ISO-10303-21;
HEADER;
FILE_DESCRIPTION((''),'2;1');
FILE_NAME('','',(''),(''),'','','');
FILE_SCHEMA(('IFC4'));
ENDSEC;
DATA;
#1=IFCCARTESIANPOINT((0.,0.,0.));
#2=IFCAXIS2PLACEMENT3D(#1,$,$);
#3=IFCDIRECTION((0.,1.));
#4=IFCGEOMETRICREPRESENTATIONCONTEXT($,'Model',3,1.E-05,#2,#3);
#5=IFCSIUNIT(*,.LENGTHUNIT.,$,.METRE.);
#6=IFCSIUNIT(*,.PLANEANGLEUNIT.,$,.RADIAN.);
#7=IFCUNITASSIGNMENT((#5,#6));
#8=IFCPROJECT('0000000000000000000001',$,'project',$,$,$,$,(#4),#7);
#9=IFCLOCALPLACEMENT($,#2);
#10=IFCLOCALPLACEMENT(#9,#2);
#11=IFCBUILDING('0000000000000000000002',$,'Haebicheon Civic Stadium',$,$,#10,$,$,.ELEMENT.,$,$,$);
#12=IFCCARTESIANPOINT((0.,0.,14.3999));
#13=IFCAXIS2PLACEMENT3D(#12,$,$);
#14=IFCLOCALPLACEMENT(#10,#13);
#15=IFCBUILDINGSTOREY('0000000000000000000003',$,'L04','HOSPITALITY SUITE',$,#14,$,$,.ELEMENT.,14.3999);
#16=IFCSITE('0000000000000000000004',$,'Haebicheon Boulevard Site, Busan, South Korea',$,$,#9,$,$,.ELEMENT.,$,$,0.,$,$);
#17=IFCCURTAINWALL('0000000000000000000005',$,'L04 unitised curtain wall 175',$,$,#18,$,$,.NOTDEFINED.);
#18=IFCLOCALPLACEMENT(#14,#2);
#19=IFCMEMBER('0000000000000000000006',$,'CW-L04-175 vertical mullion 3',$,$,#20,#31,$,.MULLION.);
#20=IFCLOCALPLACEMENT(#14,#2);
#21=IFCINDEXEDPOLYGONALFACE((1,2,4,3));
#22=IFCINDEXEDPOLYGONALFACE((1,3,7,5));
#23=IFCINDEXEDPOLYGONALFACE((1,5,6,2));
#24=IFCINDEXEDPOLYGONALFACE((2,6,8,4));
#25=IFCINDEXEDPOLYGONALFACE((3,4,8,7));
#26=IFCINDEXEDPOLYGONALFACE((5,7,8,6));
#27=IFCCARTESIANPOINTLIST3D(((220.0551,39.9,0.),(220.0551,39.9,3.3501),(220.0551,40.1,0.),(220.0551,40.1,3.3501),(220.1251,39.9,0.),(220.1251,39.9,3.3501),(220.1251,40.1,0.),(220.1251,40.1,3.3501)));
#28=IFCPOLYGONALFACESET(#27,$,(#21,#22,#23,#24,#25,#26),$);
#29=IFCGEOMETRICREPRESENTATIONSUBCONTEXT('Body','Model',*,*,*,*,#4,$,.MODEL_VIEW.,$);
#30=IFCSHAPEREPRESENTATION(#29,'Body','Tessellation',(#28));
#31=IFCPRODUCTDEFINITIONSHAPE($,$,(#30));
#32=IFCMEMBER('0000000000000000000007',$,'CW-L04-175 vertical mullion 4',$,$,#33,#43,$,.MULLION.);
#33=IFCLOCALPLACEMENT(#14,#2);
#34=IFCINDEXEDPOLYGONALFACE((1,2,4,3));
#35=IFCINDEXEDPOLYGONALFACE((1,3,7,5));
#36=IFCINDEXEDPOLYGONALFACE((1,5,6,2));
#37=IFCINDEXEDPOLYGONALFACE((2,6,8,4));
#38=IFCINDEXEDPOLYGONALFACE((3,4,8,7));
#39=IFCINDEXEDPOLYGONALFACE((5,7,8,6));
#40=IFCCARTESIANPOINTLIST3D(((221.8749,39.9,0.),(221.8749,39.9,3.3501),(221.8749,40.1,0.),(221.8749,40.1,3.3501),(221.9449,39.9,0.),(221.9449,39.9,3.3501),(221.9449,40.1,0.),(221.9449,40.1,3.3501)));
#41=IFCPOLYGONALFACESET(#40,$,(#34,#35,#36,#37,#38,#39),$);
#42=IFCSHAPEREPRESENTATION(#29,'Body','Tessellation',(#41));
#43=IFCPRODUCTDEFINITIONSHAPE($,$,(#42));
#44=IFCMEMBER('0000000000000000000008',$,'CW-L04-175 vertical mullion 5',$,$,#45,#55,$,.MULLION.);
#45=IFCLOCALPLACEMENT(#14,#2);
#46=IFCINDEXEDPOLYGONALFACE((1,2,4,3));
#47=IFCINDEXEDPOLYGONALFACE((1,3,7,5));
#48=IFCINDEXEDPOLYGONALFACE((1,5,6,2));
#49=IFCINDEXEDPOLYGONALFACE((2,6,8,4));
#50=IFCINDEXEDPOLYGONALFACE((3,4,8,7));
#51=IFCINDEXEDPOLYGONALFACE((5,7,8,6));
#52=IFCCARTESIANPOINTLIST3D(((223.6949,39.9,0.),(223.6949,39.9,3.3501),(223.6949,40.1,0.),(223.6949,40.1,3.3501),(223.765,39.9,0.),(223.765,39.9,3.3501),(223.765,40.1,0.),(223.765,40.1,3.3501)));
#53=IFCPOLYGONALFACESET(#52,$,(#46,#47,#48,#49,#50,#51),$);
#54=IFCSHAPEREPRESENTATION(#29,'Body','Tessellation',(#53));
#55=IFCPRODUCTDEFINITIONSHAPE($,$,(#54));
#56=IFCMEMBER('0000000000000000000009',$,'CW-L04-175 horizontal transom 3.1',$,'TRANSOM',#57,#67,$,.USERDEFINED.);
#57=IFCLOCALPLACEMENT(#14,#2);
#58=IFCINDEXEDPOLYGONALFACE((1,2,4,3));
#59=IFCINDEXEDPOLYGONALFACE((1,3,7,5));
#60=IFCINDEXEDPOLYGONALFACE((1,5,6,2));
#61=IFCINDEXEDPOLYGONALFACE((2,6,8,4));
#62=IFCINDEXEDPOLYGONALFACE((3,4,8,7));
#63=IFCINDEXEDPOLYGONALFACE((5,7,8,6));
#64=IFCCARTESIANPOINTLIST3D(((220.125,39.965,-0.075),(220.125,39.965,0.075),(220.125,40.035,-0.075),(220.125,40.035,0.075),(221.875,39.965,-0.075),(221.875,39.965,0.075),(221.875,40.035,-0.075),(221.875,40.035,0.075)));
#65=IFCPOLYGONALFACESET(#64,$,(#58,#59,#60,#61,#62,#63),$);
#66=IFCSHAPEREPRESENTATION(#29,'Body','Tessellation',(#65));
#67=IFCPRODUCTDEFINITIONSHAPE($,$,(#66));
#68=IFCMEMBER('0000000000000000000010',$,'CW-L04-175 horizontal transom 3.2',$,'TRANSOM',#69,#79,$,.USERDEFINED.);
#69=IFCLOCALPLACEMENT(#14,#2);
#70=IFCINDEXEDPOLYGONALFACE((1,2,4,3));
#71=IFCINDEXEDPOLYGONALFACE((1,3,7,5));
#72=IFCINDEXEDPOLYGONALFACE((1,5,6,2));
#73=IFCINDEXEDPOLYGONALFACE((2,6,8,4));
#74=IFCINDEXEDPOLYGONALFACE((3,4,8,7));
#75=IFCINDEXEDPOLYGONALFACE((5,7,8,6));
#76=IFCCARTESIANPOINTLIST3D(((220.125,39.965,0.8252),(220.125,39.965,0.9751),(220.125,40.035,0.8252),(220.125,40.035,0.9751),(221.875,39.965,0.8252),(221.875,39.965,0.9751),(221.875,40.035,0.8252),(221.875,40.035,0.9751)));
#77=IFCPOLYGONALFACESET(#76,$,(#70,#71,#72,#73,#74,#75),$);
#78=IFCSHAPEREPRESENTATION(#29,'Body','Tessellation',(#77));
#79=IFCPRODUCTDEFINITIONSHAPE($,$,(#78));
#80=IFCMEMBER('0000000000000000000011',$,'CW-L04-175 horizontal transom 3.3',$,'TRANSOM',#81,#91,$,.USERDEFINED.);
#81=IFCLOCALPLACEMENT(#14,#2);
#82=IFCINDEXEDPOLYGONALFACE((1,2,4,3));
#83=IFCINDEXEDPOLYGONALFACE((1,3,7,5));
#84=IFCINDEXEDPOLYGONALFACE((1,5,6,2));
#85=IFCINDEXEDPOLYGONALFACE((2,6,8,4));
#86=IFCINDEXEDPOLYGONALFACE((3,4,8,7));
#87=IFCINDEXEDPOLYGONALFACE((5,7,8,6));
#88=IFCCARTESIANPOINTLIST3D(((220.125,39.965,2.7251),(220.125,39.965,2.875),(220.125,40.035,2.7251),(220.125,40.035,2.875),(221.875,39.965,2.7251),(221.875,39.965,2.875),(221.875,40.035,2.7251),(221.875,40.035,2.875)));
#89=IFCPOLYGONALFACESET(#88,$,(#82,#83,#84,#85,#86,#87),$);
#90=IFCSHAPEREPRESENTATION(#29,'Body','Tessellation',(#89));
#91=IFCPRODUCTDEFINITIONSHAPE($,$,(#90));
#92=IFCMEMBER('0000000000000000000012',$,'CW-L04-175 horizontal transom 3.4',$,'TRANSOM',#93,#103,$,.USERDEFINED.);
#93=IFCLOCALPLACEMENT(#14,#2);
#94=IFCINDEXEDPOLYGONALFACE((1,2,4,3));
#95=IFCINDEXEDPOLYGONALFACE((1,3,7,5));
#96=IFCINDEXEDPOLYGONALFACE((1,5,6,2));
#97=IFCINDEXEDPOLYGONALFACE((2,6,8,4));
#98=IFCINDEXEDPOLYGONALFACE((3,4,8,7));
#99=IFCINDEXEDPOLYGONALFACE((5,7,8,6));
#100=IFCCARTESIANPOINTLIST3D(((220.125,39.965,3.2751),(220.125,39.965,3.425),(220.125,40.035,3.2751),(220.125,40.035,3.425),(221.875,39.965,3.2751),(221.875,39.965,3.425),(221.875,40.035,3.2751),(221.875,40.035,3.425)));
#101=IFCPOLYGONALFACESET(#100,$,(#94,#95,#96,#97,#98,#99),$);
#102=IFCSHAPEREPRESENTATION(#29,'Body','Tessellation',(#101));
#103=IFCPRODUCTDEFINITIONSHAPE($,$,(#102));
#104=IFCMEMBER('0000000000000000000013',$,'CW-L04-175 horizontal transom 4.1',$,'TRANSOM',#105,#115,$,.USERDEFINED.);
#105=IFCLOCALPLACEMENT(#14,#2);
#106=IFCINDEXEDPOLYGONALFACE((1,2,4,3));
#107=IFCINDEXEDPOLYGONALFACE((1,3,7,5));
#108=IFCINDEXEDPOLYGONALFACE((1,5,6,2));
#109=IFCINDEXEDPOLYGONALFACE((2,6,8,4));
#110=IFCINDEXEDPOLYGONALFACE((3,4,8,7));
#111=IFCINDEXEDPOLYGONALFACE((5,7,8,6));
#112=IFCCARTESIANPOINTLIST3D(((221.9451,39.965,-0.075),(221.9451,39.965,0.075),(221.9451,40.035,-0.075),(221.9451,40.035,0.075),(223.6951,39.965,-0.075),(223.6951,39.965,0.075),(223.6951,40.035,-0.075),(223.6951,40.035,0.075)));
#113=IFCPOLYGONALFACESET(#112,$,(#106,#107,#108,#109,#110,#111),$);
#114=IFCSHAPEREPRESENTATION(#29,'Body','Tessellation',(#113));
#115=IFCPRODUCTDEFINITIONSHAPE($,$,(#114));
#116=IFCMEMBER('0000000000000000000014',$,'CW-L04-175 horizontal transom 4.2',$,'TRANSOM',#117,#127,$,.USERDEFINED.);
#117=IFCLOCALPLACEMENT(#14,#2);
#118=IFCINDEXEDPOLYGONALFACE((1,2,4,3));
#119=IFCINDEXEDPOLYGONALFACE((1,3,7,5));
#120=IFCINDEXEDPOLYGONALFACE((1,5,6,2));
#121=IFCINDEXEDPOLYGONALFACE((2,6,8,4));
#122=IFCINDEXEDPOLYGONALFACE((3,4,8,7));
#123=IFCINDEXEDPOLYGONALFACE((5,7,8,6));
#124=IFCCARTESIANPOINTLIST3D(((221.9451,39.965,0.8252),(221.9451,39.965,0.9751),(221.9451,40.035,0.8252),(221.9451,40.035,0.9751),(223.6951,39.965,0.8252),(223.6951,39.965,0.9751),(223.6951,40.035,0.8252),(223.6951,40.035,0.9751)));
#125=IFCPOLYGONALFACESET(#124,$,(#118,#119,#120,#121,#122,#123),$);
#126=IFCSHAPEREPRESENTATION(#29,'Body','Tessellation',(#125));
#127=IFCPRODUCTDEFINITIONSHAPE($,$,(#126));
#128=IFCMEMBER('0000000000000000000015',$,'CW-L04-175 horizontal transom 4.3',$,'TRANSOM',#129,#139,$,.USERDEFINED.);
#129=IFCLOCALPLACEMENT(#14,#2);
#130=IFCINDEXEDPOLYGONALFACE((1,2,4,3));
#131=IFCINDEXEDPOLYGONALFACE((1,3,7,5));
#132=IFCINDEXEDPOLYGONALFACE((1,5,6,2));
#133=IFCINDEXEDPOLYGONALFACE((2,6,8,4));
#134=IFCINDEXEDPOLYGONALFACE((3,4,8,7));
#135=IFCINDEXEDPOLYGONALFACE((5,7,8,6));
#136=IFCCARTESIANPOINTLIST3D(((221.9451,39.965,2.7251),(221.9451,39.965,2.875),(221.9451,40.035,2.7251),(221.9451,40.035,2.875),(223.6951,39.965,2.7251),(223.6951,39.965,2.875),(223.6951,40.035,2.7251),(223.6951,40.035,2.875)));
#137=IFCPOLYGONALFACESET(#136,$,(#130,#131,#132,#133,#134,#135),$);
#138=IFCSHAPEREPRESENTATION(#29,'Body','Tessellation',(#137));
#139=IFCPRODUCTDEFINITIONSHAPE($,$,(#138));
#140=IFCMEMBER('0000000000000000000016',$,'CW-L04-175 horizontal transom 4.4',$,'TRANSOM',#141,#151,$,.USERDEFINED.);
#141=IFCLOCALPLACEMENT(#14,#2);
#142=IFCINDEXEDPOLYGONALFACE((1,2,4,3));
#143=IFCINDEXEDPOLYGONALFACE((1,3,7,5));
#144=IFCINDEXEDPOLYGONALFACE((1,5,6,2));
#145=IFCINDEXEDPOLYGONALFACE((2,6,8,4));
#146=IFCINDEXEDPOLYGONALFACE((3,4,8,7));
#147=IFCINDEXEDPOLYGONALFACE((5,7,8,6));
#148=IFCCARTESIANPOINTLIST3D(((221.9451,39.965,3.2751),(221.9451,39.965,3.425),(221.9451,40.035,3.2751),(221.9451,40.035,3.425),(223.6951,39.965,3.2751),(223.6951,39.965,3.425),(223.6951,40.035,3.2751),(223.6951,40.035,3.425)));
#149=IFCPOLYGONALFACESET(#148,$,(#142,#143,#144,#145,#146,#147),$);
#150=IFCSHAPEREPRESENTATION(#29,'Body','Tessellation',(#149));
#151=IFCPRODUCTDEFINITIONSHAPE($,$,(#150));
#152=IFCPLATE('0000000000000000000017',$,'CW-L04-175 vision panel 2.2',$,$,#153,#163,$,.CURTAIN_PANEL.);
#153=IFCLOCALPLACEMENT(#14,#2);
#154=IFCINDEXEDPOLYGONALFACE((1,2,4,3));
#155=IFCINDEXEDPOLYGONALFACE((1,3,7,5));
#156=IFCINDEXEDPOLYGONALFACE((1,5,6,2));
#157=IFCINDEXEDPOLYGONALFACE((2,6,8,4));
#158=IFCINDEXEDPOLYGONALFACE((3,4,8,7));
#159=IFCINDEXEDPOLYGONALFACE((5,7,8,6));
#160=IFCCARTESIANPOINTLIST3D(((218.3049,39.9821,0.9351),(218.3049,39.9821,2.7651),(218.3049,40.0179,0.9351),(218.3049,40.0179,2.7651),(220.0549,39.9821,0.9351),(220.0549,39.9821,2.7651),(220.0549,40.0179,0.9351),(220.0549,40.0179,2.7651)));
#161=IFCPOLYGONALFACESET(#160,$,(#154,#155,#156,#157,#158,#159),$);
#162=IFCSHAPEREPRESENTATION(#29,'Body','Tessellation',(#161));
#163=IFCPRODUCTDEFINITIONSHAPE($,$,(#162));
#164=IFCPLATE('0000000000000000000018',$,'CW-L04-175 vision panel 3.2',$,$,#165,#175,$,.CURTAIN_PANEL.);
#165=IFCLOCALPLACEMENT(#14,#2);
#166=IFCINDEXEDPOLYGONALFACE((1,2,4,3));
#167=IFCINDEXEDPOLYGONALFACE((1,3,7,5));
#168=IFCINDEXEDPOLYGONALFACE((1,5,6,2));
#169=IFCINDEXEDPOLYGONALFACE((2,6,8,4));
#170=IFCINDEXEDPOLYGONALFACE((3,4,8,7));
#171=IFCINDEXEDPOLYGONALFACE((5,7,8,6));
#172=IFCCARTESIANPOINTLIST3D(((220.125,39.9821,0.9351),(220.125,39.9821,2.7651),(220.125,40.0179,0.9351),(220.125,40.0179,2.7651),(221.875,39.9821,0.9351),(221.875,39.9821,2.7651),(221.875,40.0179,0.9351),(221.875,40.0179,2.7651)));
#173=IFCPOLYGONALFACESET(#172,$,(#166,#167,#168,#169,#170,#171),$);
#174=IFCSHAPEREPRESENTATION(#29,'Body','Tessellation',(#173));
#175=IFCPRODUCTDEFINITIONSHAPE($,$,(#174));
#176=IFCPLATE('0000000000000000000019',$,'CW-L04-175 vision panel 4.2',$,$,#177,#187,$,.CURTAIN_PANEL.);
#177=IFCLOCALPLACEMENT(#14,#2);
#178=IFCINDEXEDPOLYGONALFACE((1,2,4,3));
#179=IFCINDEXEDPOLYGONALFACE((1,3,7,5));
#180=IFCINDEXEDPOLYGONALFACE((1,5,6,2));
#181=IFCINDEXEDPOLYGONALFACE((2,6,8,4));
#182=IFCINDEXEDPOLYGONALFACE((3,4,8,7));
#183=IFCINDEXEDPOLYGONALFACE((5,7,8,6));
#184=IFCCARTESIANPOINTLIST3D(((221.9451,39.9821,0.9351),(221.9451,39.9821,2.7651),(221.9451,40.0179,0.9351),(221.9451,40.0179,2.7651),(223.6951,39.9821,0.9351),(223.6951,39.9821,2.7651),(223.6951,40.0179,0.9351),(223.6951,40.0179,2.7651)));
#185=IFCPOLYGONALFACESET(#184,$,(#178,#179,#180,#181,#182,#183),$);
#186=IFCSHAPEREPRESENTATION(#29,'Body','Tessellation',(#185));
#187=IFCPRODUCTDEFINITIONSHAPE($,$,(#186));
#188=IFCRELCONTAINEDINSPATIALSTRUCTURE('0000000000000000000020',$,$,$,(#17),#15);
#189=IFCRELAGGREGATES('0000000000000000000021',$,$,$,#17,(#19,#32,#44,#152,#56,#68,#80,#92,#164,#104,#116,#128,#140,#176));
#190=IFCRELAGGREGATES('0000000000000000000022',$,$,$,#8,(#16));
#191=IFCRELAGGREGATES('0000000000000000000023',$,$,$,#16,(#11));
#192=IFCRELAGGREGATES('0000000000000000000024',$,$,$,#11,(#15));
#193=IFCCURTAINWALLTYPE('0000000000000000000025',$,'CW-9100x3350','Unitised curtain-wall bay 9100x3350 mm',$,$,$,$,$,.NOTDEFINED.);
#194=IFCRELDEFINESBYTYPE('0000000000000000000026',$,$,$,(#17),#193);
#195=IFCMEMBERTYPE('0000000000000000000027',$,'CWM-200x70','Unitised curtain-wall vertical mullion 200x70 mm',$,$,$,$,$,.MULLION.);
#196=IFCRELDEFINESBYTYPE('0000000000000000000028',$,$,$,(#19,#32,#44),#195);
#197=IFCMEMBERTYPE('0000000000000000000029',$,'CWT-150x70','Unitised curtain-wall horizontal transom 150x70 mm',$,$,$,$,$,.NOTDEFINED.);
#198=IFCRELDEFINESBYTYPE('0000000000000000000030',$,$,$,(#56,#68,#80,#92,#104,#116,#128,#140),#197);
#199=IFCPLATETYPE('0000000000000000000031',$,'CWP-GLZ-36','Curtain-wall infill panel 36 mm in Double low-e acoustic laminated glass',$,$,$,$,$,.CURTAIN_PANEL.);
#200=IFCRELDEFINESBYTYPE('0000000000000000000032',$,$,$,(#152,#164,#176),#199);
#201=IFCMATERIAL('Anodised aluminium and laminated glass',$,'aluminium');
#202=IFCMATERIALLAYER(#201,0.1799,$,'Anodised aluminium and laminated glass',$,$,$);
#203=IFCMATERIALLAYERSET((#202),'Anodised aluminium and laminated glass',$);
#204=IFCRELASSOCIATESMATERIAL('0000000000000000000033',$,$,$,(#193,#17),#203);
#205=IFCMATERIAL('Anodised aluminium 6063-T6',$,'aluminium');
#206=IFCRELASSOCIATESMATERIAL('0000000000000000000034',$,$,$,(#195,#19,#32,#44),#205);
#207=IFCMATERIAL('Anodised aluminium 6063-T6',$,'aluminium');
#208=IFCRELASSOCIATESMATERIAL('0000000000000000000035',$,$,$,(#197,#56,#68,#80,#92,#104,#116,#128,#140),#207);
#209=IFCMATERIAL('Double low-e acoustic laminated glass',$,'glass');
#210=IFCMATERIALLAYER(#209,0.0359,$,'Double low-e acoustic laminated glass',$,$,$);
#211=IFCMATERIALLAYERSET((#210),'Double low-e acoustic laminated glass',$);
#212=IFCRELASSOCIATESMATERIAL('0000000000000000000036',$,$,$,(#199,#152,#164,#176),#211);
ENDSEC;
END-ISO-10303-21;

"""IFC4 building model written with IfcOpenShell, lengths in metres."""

from ifc_helpers import new_model, si_unit, direction, frame, origin, origin_2d, place, context, subcontext, project, spatial, rectangle, extrude, material, layer, layer_set, material_profile, profile_set, type_object, element, aggregate, save


model = new_model("IFC4")

# Units and contexts
model_context = context("Model", 3, precision=1e-05, world=origin(), true_north=direction((0.0, 1.0)))
body_context = subcontext(model_context, "Body", "Model", "MODEL_VIEW")
ifc_project = project(units=[si_unit("LENGTHUNIT", "METRE"), si_unit("PLANEANGLEUNIT", "RADIAN")], contexts=[model_context])

# Site, building, storey
site_placement = place(None, origin())
site = spatial("IfcSite", under=ifc_project, at=site_placement, Name="Haebicheon Boulevard Site, Busan, South Korea", CompositionType="ELEMENT", RefElevation=0.0)
building_placement = place(site_placement, origin())
building = spatial("IfcBuilding", under=site, at=building_placement, Name="Haebicheon Civic Stadium", CompositionType="ELEMENT")
storey_placement = place(building_placement, frame((0.0, 0.0, 14.3999)))
storey = spatial("IfcBuildingStorey", under=building, at=storey_placement, Name="L04", Description="HOSPITALITY SUITE", CompositionType="ELEMENT", Elevation=14.3999)

# Curtain wall, members, plates
ifc_material_1 = material(Name="Anodised aluminium and laminated glass", Category="aluminium")
ifc_layer_1 = layer(ifc_material_1, 0.1799, Name="Anodised aluminium and laminated glass")
ifc_layer_set_1 = layer_set([ifc_layer_1], Name="Anodised aluminium and laminated glass")
curtain_wall_type = type_object("IfcCurtainWallType", Name="CW-9100x3350", Description="Unitised curtain-wall bay 9100x3350 mm", PredefinedType="NOTDEFINED", material=ifc_layer_set_1)
curtain_wall_placement = place(storey_placement, origin())
curtain_wall = element("IfcCurtainWall", 1, at=curtain_wall_placement, inside=storey, type_object=curtain_wall_type, material=ifc_layer_set_1, Name="L04 unitised curtain wall 175", PredefinedType="NOTDEFINED")
ifc_material_2 = material(Name="Anodised aluminium 6063-T6", Category="aluminium")
ifc_material_profile_1 = material_profile(ifc_material_2, rectangle(XDim=0.0701, YDim=0.2, at=origin_2d()), Name="ALU-MULL-70x200")
ifc_profile_set_1 = profile_set([ifc_material_profile_1], Name="Anodised aluminium 6063-T6")
member_type_1 = type_object("IfcMemberType", Name="CWM-200x70", Description="Unitised curtain-wall vertical mullion 200x70 mm", PredefinedType="MULLION", material=ifc_profile_set_1)
member_1_placement = place(storey_placement, frame((220.0901, 40.0, 0.0), z_axis=(0.0, 0.0, 1.0), x_axis=(1.0, 0.0, 0.0)))
member_1 = element("IfcMember", 2, at=member_1_placement, type_object=member_type_1, material=ifc_profile_set_1, Name="CW-L04-175 vertical mullion 3", PredefinedType="MULLION", context=body_context, shape_type="SweptSolid", body=[
    extrude(rectangle(XDim=0.0701, YDim=0.2, at=origin_2d()), origin(), (0.0, 0.0, 1.0), 3.3501),
])
member_2_placement = place(storey_placement, frame((221.9099, 40.0, 0.0), z_axis=(0.0, 0.0, 1.0), x_axis=(1.0, 0.0, 0.0)))
member_2 = element("IfcMember", 3, at=member_2_placement, type_object=member_type_1, material=ifc_profile_set_1, Name="CW-L04-175 vertical mullion 4", PredefinedType="MULLION", context=body_context, shape_type="SweptSolid", body=[
    extrude(rectangle(XDim=0.0701, YDim=0.2, at=origin_2d()), origin(), (0.0, 0.0, 1.0), 3.3501),
])
member_3_placement = place(storey_placement, frame((223.73, 40.0, 0.0), z_axis=(0.0, 0.0, 1.0), x_axis=(1.0, 0.0, 0.0)))
member_3 = element("IfcMember", 4, at=member_3_placement, type_object=member_type_1, material=ifc_profile_set_1, Name="CW-L04-175 vertical mullion 5", PredefinedType="MULLION", context=body_context, shape_type="SweptSolid", body=[
    extrude(rectangle(XDim=0.0701, YDim=0.2, at=origin_2d()), origin(), (0.0, 0.0, 1.0), 3.3501),
])
ifc_material_3 = material(Name="Anodised aluminium 6063-T6", Category="aluminium")
ifc_material_profile_2 = material_profile(ifc_material_3, rectangle(XDim=0.0701, YDim=0.1499, at=origin_2d()), Name="ALU-TRAN-70x150")
ifc_profile_set_2 = profile_set([ifc_material_profile_2], Name="Anodised aluminium 6063-T6")
member_type_2 = type_object("IfcMemberType", Name="CWT-150x70", Description="Unitised curtain-wall horizontal transom 150x70 mm", PredefinedType="NOTDEFINED", material=ifc_profile_set_2)
member_4_placement = place(storey_placement, frame((220.125, 40.0, 0.0), z_axis=(1.0, 0.0, 0.0), x_axis=(0.0, 1.0, 0.0)))
member_4 = element("IfcMember", 5, at=member_4_placement, type_object=member_type_2, material=ifc_profile_set_2, Name="CW-L04-175 horizontal transom 3.1", ObjectType="TRANSOM", PredefinedType="USERDEFINED", context=body_context, shape_type="SweptSolid", body=[
    extrude(rectangle(XDim=0.0701, YDim=0.1499, at=origin_2d()), origin(), (0.0, 0.0, 1.0), 1.75),
])
member_5_placement = place(storey_placement, frame((220.125, 40.0, 0.9001), z_axis=(1.0, 0.0, 0.0), x_axis=(0.0, 1.0, 0.0)))
member_5 = element("IfcMember", 6, at=member_5_placement, type_object=member_type_2, material=ifc_profile_set_2, Name="CW-L04-175 horizontal transom 3.2", ObjectType="TRANSOM", PredefinedType="USERDEFINED", context=body_context, shape_type="SweptSolid", body=[
    extrude(rectangle(XDim=0.0701, YDim=0.1499, at=origin_2d()), origin(), (0.0, 0.0, 1.0), 1.75),
])
member_6_placement = place(storey_placement, frame((220.125, 40.0, 2.8), z_axis=(1.0, 0.0, 0.0), x_axis=(0.0, 1.0, 0.0)))
member_6 = element("IfcMember", 7, at=member_6_placement, type_object=member_type_2, material=ifc_profile_set_2, Name="CW-L04-175 horizontal transom 3.3", ObjectType="TRANSOM", PredefinedType="USERDEFINED", context=body_context, shape_type="SweptSolid", body=[
    extrude(rectangle(XDim=0.0701, YDim=0.1499, at=origin_2d()), origin(), (0.0, 0.0, 1.0), 1.75),
])
member_7_placement = place(storey_placement, frame((220.125, 40.0, 3.3501), z_axis=(1.0, 0.0, 0.0), x_axis=(0.0, 1.0, 0.0)))
member_7 = element("IfcMember", 8, at=member_7_placement, type_object=member_type_2, material=ifc_profile_set_2, Name="CW-L04-175 horizontal transom 3.4", ObjectType="TRANSOM", PredefinedType="USERDEFINED", context=body_context, shape_type="SweptSolid", body=[
    extrude(rectangle(XDim=0.0701, YDim=0.1499, at=origin_2d()), origin(), (0.0, 0.0, 1.0), 1.75),
])
member_8_placement = place(storey_placement, frame((221.9451, 40.0, 0.0), z_axis=(1.0, 0.0, 0.0), x_axis=(0.0, 1.0, 0.0)))
member_8 = element("IfcMember", 9, at=member_8_placement, type_object=member_type_2, material=ifc_profile_set_2, Name="CW-L04-175 horizontal transom 4.1", ObjectType="TRANSOM", PredefinedType="USERDEFINED", context=body_context, shape_type="SweptSolid", body=[
    extrude(rectangle(XDim=0.0701, YDim=0.1499, at=origin_2d()), origin(), (0.0, 0.0, 1.0), 1.75),
])
member_9_placement = place(storey_placement, frame((221.9451, 40.0, 0.9001), z_axis=(1.0, 0.0, 0.0), x_axis=(0.0, 1.0, 0.0)))
member_9 = element("IfcMember", 10, at=member_9_placement, type_object=member_type_2, material=ifc_profile_set_2, Name="CW-L04-175 horizontal transom 4.2", ObjectType="TRANSOM", PredefinedType="USERDEFINED", context=body_context, shape_type="SweptSolid", body=[
    extrude(rectangle(XDim=0.0701, YDim=0.1499, at=origin_2d()), origin(), (0.0, 0.0, 1.0), 1.75),
])
member_10_placement = place(storey_placement, frame((221.9451, 40.0, 2.8), z_axis=(1.0, 0.0, 0.0), x_axis=(0.0, 1.0, 0.0)))
member_10 = element("IfcMember", 11, at=member_10_placement, type_object=member_type_2, material=ifc_profile_set_2, Name="CW-L04-175 horizontal transom 4.3", ObjectType="TRANSOM", PredefinedType="USERDEFINED", context=body_context, shape_type="SweptSolid", body=[
    extrude(rectangle(XDim=0.0701, YDim=0.1499, at=origin_2d()), origin(), (0.0, 0.0, 1.0), 1.75),
])
member_11_placement = place(storey_placement, frame((221.9451, 40.0, 3.3501), z_axis=(1.0, 0.0, 0.0), x_axis=(0.0, 1.0, 0.0)))
member_11 = element("IfcMember", 12, at=member_11_placement, type_object=member_type_2, material=ifc_profile_set_2, Name="CW-L04-175 horizontal transom 4.4", ObjectType="TRANSOM", PredefinedType="USERDEFINED", context=body_context, shape_type="SweptSolid", body=[
    extrude(rectangle(XDim=0.0701, YDim=0.1499, at=origin_2d()), origin(), (0.0, 0.0, 1.0), 1.75),
])
ifc_material_4 = material(Name="Double low-e acoustic laminated glass", Category="glass")
ifc_layer_2 = layer(ifc_material_4, 0.0359, Name="Double low-e acoustic laminated glass")
ifc_layer_set_2 = layer_set([ifc_layer_2], Name="Double low-e acoustic laminated glass")
plate_type_1 = type_object("IfcPlateType", Name="CWP-GLZ-36", Description="Curtain-wall infill panel 36 mm in Double low-e acoustic laminated glass", PredefinedType="CURTAIN_PANEL", material=ifc_layer_set_2)
plate_1_placement = place(storey_placement, frame((219.1799, 40.0, 0.9351), z_axis=(0.0, 0.0, 1.0), x_axis=(1.0, 0.0, 0.0)))
plate_1 = element("IfcPlate", 13, at=plate_1_placement, type_object=plate_type_1, material=ifc_layer_set_2, Name="CW-L04-175 vision panel 2.2", PredefinedType="CURTAIN_PANEL", context=body_context, shape_type="SweptSolid", body=[
    extrude(rectangle(XDim=1.75, YDim=0.0359, at=origin_2d()), origin(), (0.0, 0.0, 1.0), 1.8301),
])
plate_2_placement = place(storey_placement, frame((221.0, 40.0, 0.9351), z_axis=(0.0, 0.0, 1.0), x_axis=(1.0, 0.0, 0.0)))
plate_2 = element("IfcPlate", 14, at=plate_2_placement, type_object=plate_type_1, material=ifc_layer_set_2, Name="CW-L04-175 vision panel 3.2", PredefinedType="CURTAIN_PANEL", context=body_context, shape_type="SweptSolid", body=[
    extrude(rectangle(XDim=1.75, YDim=0.0359, at=origin_2d()), origin(), (0.0, 0.0, 1.0), 1.8301),
])
plate_3_placement = place(storey_placement, frame((222.8201, 40.0, 0.9351), z_axis=(0.0, 0.0, 1.0), x_axis=(1.0, 0.0, 0.0)))
plate_3 = element("IfcPlate", 15, at=plate_3_placement, type_object=plate_type_1, material=ifc_layer_set_2, Name="CW-L04-175 vision panel 4.2", PredefinedType="CURTAIN_PANEL", context=body_context, shape_type="SweptSolid", body=[
    extrude(rectangle(XDim=1.75, YDim=0.0359, at=origin_2d()), origin(), (0.0, 0.0, 1.0), 1.8301),
])
aggregate(curtain_wall, [member_1, member_2, member_3, plate_1, member_4, member_5, member_6, member_7, plate_2, member_8, member_9, member_10, member_11, plate_3])

save(model, "model.ifc")
